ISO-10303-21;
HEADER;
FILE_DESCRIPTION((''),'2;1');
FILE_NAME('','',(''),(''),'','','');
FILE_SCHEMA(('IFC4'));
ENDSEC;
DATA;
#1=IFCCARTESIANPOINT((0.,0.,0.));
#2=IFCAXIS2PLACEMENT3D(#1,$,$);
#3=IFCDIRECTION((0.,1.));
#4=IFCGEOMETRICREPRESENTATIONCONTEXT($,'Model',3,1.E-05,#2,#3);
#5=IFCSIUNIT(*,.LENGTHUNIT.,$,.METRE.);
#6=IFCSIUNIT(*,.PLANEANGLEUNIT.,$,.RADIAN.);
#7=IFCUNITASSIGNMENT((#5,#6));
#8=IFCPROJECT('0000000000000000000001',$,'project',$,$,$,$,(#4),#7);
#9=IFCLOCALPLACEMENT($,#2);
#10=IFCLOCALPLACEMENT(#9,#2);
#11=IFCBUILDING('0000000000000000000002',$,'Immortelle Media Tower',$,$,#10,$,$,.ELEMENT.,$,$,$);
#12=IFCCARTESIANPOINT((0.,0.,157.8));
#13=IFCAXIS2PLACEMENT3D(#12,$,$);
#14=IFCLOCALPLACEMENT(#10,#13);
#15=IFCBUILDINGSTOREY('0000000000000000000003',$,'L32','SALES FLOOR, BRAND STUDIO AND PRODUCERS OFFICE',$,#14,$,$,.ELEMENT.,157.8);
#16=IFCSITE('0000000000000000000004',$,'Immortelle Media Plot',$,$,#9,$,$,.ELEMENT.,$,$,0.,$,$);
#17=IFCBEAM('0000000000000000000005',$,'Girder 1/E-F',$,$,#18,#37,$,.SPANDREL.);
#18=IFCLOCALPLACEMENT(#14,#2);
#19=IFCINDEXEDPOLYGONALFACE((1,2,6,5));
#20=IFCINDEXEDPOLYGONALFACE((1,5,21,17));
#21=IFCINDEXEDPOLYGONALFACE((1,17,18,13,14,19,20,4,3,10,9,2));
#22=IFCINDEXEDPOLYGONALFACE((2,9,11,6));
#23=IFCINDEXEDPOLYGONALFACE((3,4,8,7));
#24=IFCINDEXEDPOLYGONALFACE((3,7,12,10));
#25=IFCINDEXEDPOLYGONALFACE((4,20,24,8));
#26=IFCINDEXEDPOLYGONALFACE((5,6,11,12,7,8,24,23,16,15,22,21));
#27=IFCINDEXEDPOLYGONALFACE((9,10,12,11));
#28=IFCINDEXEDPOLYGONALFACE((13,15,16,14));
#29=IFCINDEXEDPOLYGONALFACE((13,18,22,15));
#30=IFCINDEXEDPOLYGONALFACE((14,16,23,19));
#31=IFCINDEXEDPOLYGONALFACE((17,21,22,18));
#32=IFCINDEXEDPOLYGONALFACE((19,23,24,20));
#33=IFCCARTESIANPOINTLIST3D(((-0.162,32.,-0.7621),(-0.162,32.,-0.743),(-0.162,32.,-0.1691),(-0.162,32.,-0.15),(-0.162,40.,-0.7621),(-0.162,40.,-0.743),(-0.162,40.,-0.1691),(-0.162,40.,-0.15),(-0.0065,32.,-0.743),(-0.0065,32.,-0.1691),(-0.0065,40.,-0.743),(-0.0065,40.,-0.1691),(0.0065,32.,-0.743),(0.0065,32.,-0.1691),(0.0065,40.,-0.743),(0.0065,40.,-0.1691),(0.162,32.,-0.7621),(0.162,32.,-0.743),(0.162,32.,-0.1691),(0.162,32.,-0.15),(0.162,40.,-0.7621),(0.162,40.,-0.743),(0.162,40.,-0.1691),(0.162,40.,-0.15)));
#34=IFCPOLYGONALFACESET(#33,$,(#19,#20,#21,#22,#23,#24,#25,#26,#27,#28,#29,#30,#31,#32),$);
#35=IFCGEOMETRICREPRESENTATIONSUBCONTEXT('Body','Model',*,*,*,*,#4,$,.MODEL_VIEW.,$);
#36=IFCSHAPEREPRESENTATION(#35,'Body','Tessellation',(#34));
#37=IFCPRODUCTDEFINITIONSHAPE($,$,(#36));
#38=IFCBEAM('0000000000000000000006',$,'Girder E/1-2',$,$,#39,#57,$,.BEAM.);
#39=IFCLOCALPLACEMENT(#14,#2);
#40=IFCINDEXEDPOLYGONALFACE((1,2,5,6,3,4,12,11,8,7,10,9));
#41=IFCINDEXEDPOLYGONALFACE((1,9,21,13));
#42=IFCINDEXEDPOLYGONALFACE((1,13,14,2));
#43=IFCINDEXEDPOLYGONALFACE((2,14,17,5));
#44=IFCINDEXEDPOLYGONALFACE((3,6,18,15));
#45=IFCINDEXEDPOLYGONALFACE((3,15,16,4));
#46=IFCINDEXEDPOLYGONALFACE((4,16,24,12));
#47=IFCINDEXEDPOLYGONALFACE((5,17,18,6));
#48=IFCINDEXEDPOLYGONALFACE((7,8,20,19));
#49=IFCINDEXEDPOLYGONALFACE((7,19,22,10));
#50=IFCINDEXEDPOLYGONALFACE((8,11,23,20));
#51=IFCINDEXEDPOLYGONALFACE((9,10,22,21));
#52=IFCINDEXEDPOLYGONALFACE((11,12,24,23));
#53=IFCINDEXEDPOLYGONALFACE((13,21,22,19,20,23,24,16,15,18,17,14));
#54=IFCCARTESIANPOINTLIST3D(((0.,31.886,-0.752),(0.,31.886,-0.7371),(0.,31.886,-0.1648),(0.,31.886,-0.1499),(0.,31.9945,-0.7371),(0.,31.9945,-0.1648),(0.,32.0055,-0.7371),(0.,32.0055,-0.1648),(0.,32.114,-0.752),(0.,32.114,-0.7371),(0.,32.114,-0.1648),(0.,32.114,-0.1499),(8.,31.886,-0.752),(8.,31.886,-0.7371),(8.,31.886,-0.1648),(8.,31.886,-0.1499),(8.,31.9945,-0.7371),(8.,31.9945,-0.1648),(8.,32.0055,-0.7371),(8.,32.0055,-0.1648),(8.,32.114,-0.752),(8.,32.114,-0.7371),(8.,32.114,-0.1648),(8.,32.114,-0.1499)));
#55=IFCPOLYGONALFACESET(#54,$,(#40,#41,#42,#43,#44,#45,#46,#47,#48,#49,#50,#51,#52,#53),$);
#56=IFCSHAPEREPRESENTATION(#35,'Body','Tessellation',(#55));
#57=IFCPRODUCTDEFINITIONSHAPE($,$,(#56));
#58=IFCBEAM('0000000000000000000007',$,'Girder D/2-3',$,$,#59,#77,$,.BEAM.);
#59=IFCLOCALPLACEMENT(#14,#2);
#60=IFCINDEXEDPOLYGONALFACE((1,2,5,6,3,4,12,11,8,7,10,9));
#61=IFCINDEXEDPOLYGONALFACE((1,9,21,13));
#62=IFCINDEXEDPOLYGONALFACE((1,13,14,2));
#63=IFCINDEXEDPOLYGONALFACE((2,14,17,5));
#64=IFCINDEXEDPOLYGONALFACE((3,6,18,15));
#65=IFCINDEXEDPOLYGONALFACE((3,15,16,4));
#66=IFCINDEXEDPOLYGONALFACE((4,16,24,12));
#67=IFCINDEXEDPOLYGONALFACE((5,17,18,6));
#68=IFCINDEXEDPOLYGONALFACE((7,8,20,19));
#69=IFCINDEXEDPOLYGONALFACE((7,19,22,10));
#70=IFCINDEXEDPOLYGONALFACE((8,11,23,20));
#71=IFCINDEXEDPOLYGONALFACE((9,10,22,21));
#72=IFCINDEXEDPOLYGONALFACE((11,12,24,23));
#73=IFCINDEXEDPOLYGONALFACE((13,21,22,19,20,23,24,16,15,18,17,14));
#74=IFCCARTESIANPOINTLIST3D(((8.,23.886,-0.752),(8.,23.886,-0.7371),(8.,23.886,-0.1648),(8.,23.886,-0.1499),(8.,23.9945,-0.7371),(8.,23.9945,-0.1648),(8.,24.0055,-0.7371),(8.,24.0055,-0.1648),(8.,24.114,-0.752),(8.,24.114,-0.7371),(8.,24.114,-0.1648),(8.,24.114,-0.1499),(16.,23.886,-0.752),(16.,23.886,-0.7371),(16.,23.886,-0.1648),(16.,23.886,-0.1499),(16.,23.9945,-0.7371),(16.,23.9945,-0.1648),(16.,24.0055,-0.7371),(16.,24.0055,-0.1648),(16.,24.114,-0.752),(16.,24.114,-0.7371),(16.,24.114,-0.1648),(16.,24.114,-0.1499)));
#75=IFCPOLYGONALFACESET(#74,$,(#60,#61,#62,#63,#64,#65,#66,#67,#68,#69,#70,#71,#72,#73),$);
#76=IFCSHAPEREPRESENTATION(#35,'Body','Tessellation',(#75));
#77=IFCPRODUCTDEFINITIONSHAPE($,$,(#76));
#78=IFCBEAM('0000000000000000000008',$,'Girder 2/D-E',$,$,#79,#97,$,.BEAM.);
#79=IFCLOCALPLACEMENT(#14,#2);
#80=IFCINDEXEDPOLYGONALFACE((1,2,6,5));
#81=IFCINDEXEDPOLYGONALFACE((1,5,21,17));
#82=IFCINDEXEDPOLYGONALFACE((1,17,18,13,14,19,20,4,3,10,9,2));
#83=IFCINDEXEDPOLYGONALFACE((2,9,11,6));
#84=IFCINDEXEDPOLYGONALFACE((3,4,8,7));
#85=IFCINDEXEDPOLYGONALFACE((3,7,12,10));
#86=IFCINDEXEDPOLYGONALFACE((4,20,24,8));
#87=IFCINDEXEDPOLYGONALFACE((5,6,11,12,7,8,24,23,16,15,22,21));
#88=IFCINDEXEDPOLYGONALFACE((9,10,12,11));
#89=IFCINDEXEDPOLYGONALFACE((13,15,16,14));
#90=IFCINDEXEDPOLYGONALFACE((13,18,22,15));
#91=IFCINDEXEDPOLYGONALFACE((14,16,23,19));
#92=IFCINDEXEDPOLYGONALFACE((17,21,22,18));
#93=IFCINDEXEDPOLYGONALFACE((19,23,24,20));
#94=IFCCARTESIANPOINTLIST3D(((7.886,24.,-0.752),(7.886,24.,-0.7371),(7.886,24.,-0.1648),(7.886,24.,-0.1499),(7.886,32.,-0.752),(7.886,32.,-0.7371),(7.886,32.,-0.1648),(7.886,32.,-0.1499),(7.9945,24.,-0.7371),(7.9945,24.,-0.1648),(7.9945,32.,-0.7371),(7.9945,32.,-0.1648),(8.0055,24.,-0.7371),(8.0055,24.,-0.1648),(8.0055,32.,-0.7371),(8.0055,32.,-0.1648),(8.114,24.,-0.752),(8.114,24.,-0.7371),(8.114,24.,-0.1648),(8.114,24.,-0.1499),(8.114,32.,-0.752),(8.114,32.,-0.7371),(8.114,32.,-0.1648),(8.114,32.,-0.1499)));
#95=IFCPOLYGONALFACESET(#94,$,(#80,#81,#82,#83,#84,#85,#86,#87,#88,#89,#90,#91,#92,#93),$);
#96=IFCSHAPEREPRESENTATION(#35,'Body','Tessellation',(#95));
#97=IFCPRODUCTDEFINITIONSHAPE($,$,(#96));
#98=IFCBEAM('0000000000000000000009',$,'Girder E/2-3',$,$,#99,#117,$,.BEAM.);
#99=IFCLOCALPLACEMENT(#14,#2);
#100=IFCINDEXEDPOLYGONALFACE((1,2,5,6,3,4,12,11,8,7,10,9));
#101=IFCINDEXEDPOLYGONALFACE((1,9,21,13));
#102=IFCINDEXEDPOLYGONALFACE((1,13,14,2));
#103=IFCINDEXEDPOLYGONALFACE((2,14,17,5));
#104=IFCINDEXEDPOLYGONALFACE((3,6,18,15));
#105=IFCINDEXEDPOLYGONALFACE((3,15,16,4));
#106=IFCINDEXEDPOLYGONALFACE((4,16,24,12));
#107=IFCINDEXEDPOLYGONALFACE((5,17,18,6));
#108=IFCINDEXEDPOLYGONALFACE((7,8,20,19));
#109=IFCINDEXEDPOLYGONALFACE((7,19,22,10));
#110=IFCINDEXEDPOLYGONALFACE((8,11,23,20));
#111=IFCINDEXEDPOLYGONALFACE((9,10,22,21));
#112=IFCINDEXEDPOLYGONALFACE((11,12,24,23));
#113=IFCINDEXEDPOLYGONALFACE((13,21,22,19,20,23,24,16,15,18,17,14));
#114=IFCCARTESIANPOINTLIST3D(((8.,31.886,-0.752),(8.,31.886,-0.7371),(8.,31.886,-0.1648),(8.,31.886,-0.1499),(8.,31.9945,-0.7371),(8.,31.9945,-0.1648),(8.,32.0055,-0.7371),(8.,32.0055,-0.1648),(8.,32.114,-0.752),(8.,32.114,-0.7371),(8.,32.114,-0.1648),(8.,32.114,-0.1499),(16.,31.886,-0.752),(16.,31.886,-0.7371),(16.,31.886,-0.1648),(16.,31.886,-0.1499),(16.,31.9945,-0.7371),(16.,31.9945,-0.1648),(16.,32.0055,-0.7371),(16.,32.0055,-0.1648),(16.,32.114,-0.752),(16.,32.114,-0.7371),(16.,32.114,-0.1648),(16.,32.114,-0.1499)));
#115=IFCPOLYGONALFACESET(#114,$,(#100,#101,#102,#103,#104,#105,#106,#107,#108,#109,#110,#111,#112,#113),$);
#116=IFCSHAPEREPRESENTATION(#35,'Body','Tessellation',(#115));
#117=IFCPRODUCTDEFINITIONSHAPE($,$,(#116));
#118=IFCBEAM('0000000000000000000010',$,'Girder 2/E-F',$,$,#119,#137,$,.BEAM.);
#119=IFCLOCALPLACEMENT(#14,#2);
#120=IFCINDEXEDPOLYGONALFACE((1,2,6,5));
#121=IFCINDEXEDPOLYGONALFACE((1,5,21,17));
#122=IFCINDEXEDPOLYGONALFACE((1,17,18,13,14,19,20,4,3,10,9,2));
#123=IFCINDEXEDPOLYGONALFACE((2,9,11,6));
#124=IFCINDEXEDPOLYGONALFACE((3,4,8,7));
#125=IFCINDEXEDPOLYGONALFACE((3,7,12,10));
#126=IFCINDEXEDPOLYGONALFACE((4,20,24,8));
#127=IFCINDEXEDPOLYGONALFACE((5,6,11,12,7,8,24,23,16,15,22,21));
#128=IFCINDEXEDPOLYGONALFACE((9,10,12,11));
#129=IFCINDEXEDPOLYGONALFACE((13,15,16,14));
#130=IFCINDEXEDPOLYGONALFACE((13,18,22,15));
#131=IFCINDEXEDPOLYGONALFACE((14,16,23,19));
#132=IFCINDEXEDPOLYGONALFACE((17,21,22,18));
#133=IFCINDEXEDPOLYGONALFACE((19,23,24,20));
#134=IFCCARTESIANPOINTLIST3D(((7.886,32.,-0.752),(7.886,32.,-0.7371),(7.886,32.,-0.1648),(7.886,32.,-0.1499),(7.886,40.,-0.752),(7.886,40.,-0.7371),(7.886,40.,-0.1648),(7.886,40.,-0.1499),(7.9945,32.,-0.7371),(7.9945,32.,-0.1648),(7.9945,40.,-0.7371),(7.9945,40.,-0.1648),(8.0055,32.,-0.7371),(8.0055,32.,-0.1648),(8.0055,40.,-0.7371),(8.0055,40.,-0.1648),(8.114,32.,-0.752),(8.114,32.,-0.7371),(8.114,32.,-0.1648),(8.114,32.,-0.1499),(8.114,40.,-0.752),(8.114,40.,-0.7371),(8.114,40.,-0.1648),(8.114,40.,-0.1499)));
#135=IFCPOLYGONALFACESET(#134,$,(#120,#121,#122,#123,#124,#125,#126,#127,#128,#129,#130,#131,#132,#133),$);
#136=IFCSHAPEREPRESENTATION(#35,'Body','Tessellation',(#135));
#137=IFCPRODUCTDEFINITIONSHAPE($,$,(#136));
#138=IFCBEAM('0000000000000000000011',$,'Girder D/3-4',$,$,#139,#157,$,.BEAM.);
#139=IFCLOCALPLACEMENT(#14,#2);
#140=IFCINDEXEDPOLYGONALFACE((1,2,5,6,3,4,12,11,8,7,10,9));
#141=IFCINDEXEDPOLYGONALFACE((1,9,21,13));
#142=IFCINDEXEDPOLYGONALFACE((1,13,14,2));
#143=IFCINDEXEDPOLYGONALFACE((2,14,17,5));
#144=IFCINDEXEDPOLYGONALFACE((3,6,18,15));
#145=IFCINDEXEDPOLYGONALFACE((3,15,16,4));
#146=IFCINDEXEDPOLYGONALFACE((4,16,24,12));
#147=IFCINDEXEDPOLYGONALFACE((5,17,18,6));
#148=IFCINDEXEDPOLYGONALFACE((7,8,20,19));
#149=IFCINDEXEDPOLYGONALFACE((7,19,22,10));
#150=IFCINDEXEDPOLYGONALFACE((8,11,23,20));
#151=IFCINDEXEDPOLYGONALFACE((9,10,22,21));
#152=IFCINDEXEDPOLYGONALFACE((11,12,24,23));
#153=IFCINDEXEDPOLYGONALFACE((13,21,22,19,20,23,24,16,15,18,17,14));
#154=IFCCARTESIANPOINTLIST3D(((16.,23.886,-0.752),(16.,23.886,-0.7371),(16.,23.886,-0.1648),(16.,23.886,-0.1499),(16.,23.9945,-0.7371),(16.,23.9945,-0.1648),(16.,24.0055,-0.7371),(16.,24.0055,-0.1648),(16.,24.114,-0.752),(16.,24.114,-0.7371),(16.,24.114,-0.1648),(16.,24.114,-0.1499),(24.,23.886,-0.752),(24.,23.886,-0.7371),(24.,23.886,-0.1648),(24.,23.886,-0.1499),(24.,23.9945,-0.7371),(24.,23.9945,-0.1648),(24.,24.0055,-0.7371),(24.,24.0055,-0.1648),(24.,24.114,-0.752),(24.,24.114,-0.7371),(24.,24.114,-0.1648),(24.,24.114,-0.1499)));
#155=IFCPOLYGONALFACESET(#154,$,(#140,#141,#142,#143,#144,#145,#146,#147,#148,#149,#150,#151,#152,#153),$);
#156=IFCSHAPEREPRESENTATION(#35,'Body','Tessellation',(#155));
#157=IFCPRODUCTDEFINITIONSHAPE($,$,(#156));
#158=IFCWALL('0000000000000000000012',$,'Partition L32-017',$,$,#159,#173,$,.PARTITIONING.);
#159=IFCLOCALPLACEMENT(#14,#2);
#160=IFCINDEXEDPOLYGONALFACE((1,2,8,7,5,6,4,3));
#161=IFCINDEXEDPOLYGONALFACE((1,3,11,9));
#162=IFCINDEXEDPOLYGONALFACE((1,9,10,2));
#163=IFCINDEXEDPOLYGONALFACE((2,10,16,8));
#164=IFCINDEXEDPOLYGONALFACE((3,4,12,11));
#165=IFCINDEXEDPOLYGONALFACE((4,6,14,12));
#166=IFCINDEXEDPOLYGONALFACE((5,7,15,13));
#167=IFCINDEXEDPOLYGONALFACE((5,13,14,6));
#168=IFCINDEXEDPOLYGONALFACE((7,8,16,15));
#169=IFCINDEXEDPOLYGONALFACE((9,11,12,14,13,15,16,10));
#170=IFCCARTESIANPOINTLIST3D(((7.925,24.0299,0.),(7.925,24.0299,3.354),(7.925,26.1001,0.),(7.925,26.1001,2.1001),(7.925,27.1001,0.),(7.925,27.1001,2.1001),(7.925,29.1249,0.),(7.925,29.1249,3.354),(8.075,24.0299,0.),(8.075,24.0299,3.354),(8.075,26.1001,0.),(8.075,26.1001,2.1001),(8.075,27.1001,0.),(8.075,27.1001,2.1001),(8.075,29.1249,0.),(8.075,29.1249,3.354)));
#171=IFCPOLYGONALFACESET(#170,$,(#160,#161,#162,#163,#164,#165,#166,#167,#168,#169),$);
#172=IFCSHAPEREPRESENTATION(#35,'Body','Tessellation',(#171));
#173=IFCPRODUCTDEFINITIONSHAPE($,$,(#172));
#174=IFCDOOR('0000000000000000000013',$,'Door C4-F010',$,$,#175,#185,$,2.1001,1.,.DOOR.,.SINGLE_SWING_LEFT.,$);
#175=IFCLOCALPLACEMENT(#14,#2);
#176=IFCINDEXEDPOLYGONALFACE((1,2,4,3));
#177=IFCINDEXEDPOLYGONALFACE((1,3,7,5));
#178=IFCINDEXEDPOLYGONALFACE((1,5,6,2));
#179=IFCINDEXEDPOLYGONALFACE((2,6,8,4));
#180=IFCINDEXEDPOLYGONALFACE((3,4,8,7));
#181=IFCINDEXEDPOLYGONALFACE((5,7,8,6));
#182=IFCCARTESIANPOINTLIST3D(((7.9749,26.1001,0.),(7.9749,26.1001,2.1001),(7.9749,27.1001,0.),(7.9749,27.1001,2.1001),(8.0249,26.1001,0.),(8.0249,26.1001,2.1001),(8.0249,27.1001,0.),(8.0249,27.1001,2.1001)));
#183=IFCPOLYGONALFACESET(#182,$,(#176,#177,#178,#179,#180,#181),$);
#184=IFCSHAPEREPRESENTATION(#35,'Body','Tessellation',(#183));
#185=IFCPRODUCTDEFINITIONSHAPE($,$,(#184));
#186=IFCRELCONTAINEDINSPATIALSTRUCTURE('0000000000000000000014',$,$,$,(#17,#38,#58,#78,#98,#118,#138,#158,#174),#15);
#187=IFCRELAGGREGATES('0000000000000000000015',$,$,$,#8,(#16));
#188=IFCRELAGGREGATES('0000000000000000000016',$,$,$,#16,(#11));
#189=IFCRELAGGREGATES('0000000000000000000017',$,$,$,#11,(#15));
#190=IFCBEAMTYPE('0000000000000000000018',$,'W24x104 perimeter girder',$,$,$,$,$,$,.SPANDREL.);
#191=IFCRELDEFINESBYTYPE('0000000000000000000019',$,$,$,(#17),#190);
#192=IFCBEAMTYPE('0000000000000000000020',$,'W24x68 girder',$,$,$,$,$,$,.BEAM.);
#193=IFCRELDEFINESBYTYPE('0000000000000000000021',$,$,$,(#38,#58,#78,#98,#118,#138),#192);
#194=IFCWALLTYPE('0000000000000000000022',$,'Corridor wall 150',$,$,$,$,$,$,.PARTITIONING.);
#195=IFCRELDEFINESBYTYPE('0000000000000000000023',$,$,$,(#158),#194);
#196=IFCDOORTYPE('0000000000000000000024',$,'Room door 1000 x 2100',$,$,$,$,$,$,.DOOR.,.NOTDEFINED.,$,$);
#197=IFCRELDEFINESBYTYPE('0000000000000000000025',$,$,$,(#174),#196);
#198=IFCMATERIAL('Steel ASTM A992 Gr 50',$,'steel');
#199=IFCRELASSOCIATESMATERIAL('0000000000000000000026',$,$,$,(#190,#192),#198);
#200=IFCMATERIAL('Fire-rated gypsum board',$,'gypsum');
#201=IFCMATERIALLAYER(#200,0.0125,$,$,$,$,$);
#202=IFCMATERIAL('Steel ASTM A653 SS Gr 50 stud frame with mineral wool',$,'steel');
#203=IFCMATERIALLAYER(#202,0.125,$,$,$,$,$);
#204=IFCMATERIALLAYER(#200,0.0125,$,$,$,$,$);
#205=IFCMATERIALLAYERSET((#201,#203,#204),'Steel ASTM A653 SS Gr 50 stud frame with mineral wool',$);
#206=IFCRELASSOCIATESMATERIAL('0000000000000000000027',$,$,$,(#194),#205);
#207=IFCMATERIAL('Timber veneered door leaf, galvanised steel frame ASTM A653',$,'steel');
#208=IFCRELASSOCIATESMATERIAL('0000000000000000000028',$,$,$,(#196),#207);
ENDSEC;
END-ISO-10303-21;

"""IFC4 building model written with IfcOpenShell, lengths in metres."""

from ifc_helpers import new_model, si_unit, direction, frame, frame_2d, origin, origin_2d, place, context, subcontext, project, spatial, rectangle, i_section, extrude, material, layer, layer_set, material_profile, profile_set, type_object, element, fill, save


model = new_model("IFC4")

# Units and contexts
model_context = context("Model", 3, precision=1e-05, world=origin(), true_north=direction((0.0, 1.0)))
body_context = subcontext(model_context, "Body", "Model", "MODEL_VIEW")
ifc_project = project(units=[si_unit("LENGTHUNIT", "METRE"), si_unit("PLANEANGLEUNIT", "RADIAN")], contexts=[model_context])

# Site, building, storey
site_placement = place(None, origin())
site = spatial("IfcSite", under=ifc_project, at=site_placement, Name="Immortelle Media Plot", CompositionType="ELEMENT", RefElevation=0.0)
building_placement = place(site_placement, origin())
building = spatial("IfcBuilding", under=site, at=building_placement, Name="Immortelle Media Tower", CompositionType="ELEMENT")
storey_placement = place(building_placement, frame((0.0, 0.0, 157.8)))
storey = spatial("IfcBuildingStorey", under=building, at=storey_placement, Name="L32", Description="SALES FLOOR, BRAND STUDIO AND PRODUCERS OFFICE", CompositionType="ELEMENT", Elevation=157.8)

# Shared definitions
ifc_material_1 = material(Name="Steel ASTM A992 Gr 50", Category="steel")

# Beams
ifc_material_profile_1 = material_profile(ifc_material_1, i_section(OverallWidth=0.324, OverallDepth=0.6121, WebThickness=0.0129, FlangeThickness=0.019, at=origin_2d()), Name="W24x104")
ifc_profile_set_1 = profile_set([ifc_material_profile_1], Name="Steel ASTM A992 Gr 50")
beam_type_1 = type_object("IfcBeamType", Name="W24x104 perimeter girder", PredefinedType="SPANDREL", material=ifc_profile_set_1)
beam_1_placement = place(storey_placement, frame((0.0, 32.0, -0.4561), z_axis=(0.0, 1.0, 0.0), x_axis=(-1.0, 0.0, 0.0)))
element("IfcBeam", 1, at=beam_1_placement, inside=storey, type_object=beam_type_1, Name="Girder 1/E-F", PredefinedType="SPANDREL", context=body_context, shape_type="SweptSolid", body=[
    extrude(i_section(OverallWidth=0.324, OverallDepth=0.6121, WebThickness=0.0129, FlangeThickness=0.019, at=origin_2d()), origin(), (0.0, 0.0, 1.0), 8.0),
])
ifc_material_profile_2 = material_profile(ifc_material_1, i_section(OverallWidth=0.228, OverallDepth=0.6021, WebThickness=0.011, FlangeThickness=0.0149, at=origin_2d()), Name="W24x68")
ifc_profile_set_2 = profile_set([ifc_material_profile_2], Name="Steel ASTM A992 Gr 50")
beam_type_2 = type_object("IfcBeamType", Name="W24x68 girder", PredefinedType="BEAM", material=ifc_profile_set_2)
for number, where, z_axis, x_axis, name in (
    (2, (0.0, 32.0, -0.4509), (1.0, 0.0, 0.0), (0.0, 1.0, 0.0), "Girder E/1-2"),
    (3, (8.0, 24.0, -0.4509), (1.0, 0.0, 0.0), (0.0, 1.0, 0.0), "Girder D/2-3"),
    (4, (8.0, 24.0, -0.4509), (0.0, 1.0, 0.0), (-1.0, 0.0, 0.0), "Girder 2/D-E"),
    (5, (8.0, 32.0, -0.4509), (1.0, 0.0, 0.0), (0.0, 1.0, 0.0), "Girder E/2-3"),
    (6, (8.0, 32.0, -0.4509), (0.0, 1.0, 0.0), (-1.0, 0.0, 0.0), "Girder 2/E-F"),
    (7, (16.0, 24.0, -0.4509), (1.0, 0.0, 0.0), (0.0, 1.0, 0.0), "Girder D/3-4"),
):
    element("IfcBeam", number, at=place(storey_placement, frame(where, z_axis=z_axis, x_axis=x_axis)), inside=storey, type_object=beam_type_2, Name=name, PredefinedType="BEAM", context=body_context, shape_type="SweptSolid", body=[
        extrude(i_section(OverallWidth=0.228, OverallDepth=0.6021, WebThickness=0.011, FlangeThickness=0.0149, at=origin_2d()), origin(), (0.0, 0.0, 1.0), 8.0),
    ])

# Wall, opening, door
ifc_material_2 = material(Name="Fire-rated gypsum board", Category="gypsum")
ifc_layer_1 = layer(ifc_material_2, 0.0125)
ifc_material_3 = material(Name="Steel ASTM A653 SS Gr 50 stud frame with mineral wool", Category="steel")
ifc_layer_2 = layer(ifc_material_3, 0.125)
ifc_layer_3 = layer(ifc_material_2, 0.0125)
ifc_layer_set_1 = layer_set([ifc_layer_1, ifc_layer_2, ifc_layer_3], Name="Steel ASTM A653 SS Gr 50 stud frame with mineral wool")
wall_type_1 = type_object("IfcWallType", Name="Corridor wall 150", PredefinedType="PARTITIONING", material=ifc_layer_set_1)
wall_1_placement = place(storey_placement, frame((8.0, 24.03, 0.0), z_axis=(0.0, 0.0, 1.0), x_axis=(0.0, 1.0, 0.0)))
wall_1 = element("IfcWall", 8, at=wall_1_placement, inside=storey, type_object=wall_type_1, Name="Partition L32-017", PredefinedType="PARTITIONING", context=body_context, shape_type="SweptSolid", body=[
    extrude(rectangle(XDim=5.095, YDim=0.1499, at=frame_2d((2.5474, 0.0))), origin(), (0.0, 0.0, 1.0), 3.354),
])
opening_1_placement = place(wall_1_placement, frame((3.0701, 0.0, 0.0), z_axis=(0.0, 0.0, 1.0), x_axis=(-1.0, 0.0, 0.0)))
opening_1 = element("IfcOpeningElement", 9, at=opening_1_placement, cuts=wall_1, PredefinedType="OPENING", context=body_context, shape_type="SweptSolid", body=[
    extrude(rectangle(XDim=1.0, YDim=2.1001, at=frame_2d((0.5, 1.05))), frame((0.0, 0.085, 0.0), z_axis=(0.0, -1.0, 0.0), x_axis=(1.0, 0.0, 0.0)), (0.0, 0.0, 1.0), 0.1699),
])
ifc_material_4 = material(Name="Timber veneered door leaf, galvanised steel frame ASTM A653", Category="steel")
door_type_1 = type_object("IfcDoorType", Name="Room door 1000 x 2100", OperationType="NOTDEFINED", PredefinedType="DOOR", material=ifc_material_4)
door_1_placement = place(opening_1_placement, origin())
door_1 = element("IfcDoor", 10, at=door_1_placement, inside=storey, type_object=door_type_1, Name="Door C4-F010", OperationType="SINGLE_SWING_LEFT", OverallHeight=2.1001, OverallWidth=1.0, PredefinedType="DOOR", context=body_context, shape_type="SweptSolid", body=[
    extrude(rectangle(XDim=1.0, YDim=2.1001, at=frame_2d((0.5, 1.05))), frame((0.0, 0.0249, 0.0), z_axis=(0.0, -1.0, 0.0), x_axis=(1.0, 0.0, 0.0)), (0.0, 0.0, 1.0), 0.05),
])
fill(opening_1, door_1)

save(model, "model.ifc")
